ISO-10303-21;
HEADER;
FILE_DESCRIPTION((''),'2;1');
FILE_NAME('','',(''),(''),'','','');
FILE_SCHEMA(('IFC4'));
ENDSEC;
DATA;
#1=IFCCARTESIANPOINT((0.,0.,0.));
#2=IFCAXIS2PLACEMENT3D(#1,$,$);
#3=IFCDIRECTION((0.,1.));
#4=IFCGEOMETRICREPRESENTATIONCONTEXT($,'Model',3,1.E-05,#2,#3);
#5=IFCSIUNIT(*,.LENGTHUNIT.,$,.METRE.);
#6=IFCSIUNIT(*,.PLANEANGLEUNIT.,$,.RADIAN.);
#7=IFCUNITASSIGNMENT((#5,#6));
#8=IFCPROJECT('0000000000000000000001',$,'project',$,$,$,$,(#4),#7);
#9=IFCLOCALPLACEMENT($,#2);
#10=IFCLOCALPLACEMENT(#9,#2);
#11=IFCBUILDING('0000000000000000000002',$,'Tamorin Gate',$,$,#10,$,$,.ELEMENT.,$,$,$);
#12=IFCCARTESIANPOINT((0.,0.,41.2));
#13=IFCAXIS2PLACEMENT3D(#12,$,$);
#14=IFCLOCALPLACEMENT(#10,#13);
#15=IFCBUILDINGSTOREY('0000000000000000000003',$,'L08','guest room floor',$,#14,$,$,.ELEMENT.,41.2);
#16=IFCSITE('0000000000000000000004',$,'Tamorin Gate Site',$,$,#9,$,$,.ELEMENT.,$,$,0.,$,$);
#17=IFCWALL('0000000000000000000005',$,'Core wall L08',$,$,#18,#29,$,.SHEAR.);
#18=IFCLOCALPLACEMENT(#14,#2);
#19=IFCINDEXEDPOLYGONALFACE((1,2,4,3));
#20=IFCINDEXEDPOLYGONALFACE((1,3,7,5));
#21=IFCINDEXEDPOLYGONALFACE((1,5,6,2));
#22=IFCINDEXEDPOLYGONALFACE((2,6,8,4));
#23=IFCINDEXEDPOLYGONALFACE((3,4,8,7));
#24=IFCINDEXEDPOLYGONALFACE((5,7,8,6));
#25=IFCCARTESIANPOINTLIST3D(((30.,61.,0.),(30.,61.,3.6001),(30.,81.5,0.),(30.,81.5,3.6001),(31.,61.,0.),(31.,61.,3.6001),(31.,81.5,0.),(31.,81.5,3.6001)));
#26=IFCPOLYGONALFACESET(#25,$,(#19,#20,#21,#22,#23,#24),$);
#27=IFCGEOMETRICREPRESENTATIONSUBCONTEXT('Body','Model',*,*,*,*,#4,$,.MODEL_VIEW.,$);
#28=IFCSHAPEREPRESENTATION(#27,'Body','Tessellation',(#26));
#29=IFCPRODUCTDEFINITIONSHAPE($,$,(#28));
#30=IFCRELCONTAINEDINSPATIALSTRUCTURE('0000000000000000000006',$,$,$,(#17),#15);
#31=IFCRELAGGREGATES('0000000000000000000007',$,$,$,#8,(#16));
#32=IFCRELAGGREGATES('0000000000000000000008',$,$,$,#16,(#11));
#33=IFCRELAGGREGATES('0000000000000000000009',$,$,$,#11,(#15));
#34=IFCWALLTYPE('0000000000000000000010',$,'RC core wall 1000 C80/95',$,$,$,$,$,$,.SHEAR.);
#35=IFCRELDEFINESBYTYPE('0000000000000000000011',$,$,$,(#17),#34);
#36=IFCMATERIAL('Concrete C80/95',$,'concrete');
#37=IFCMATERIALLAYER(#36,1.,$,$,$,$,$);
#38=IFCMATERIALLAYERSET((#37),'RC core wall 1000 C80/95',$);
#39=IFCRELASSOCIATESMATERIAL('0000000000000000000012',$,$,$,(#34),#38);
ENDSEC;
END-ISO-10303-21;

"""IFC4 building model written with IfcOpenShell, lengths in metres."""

from ifc_helpers import new_model, si_unit, direction, frame, frame_2d, origin, place, context, subcontext, project, spatial, rectangle, extrude, material, layer, layer_set, type_object, element, save


model = new_model("IFC4")

# Units and contexts
model_context = context("Model", 3, precision=1e-05, world=origin(), true_north=direction((0.0, 1.0)))
body_context = subcontext(model_context, "Body", "Model", "MODEL_VIEW")
ifc_project = project(units=[si_unit("LENGTHUNIT", "METRE"), si_unit("PLANEANGLEUNIT", "RADIAN")], contexts=[model_context])

# Site, building, storey
site_placement = place(None, origin())
site = spatial("IfcSite", under=ifc_project, at=site_placement, Name="Tamorin Gate Site", CompositionType="ELEMENT", RefElevation=0.0)
building_placement = place(site_placement, origin())
building = spatial("IfcBuilding", under=site, at=building_placement, Name="Tamorin Gate", CompositionType="ELEMENT")
storey_placement = place(building_placement, frame((0.0, 0.0, 41.2)))
storey = spatial("IfcBuildingStorey", under=building, at=storey_placement, Name="L08", Description="guest room floor", CompositionType="ELEMENT", Elevation=41.2)

# Shared definitions
ifc_material_1 = material(Name="Concrete C80/95", Category="concrete")

# Shared definitions
ifc_layer_1 = layer(ifc_material_1, 1.0)
ifc_layer_set_1 = layer_set([ifc_layer_1], Name="RC core wall 1000 C80/95")
wall_type_1 = type_object("IfcWallType", Name="RC core wall 1000 C80/95", PredefinedType="SHEAR", material=ifc_layer_set_1)

# Wall
wall_1_placement = place(storey_placement, frame((30.5, 61.0, 0.0), z_axis=(0.0, 0.0, 1.0), x_axis=(0.0, 1.0, 0.0)))
element("IfcWall", 1, at=wall_1_placement, inside=storey, type_object=wall_type_1, Name="Core wall L08", PredefinedType="SHEAR", context=body_context, shape_type="SweptSolid", body=[
    extrude(rectangle(XDim=20.5, YDim=1.0, at=frame_2d((10.25, 0.0))), origin(), (0.0, 0.0, 1.0), 3.6001),
])

save(model, "model.ifc")
